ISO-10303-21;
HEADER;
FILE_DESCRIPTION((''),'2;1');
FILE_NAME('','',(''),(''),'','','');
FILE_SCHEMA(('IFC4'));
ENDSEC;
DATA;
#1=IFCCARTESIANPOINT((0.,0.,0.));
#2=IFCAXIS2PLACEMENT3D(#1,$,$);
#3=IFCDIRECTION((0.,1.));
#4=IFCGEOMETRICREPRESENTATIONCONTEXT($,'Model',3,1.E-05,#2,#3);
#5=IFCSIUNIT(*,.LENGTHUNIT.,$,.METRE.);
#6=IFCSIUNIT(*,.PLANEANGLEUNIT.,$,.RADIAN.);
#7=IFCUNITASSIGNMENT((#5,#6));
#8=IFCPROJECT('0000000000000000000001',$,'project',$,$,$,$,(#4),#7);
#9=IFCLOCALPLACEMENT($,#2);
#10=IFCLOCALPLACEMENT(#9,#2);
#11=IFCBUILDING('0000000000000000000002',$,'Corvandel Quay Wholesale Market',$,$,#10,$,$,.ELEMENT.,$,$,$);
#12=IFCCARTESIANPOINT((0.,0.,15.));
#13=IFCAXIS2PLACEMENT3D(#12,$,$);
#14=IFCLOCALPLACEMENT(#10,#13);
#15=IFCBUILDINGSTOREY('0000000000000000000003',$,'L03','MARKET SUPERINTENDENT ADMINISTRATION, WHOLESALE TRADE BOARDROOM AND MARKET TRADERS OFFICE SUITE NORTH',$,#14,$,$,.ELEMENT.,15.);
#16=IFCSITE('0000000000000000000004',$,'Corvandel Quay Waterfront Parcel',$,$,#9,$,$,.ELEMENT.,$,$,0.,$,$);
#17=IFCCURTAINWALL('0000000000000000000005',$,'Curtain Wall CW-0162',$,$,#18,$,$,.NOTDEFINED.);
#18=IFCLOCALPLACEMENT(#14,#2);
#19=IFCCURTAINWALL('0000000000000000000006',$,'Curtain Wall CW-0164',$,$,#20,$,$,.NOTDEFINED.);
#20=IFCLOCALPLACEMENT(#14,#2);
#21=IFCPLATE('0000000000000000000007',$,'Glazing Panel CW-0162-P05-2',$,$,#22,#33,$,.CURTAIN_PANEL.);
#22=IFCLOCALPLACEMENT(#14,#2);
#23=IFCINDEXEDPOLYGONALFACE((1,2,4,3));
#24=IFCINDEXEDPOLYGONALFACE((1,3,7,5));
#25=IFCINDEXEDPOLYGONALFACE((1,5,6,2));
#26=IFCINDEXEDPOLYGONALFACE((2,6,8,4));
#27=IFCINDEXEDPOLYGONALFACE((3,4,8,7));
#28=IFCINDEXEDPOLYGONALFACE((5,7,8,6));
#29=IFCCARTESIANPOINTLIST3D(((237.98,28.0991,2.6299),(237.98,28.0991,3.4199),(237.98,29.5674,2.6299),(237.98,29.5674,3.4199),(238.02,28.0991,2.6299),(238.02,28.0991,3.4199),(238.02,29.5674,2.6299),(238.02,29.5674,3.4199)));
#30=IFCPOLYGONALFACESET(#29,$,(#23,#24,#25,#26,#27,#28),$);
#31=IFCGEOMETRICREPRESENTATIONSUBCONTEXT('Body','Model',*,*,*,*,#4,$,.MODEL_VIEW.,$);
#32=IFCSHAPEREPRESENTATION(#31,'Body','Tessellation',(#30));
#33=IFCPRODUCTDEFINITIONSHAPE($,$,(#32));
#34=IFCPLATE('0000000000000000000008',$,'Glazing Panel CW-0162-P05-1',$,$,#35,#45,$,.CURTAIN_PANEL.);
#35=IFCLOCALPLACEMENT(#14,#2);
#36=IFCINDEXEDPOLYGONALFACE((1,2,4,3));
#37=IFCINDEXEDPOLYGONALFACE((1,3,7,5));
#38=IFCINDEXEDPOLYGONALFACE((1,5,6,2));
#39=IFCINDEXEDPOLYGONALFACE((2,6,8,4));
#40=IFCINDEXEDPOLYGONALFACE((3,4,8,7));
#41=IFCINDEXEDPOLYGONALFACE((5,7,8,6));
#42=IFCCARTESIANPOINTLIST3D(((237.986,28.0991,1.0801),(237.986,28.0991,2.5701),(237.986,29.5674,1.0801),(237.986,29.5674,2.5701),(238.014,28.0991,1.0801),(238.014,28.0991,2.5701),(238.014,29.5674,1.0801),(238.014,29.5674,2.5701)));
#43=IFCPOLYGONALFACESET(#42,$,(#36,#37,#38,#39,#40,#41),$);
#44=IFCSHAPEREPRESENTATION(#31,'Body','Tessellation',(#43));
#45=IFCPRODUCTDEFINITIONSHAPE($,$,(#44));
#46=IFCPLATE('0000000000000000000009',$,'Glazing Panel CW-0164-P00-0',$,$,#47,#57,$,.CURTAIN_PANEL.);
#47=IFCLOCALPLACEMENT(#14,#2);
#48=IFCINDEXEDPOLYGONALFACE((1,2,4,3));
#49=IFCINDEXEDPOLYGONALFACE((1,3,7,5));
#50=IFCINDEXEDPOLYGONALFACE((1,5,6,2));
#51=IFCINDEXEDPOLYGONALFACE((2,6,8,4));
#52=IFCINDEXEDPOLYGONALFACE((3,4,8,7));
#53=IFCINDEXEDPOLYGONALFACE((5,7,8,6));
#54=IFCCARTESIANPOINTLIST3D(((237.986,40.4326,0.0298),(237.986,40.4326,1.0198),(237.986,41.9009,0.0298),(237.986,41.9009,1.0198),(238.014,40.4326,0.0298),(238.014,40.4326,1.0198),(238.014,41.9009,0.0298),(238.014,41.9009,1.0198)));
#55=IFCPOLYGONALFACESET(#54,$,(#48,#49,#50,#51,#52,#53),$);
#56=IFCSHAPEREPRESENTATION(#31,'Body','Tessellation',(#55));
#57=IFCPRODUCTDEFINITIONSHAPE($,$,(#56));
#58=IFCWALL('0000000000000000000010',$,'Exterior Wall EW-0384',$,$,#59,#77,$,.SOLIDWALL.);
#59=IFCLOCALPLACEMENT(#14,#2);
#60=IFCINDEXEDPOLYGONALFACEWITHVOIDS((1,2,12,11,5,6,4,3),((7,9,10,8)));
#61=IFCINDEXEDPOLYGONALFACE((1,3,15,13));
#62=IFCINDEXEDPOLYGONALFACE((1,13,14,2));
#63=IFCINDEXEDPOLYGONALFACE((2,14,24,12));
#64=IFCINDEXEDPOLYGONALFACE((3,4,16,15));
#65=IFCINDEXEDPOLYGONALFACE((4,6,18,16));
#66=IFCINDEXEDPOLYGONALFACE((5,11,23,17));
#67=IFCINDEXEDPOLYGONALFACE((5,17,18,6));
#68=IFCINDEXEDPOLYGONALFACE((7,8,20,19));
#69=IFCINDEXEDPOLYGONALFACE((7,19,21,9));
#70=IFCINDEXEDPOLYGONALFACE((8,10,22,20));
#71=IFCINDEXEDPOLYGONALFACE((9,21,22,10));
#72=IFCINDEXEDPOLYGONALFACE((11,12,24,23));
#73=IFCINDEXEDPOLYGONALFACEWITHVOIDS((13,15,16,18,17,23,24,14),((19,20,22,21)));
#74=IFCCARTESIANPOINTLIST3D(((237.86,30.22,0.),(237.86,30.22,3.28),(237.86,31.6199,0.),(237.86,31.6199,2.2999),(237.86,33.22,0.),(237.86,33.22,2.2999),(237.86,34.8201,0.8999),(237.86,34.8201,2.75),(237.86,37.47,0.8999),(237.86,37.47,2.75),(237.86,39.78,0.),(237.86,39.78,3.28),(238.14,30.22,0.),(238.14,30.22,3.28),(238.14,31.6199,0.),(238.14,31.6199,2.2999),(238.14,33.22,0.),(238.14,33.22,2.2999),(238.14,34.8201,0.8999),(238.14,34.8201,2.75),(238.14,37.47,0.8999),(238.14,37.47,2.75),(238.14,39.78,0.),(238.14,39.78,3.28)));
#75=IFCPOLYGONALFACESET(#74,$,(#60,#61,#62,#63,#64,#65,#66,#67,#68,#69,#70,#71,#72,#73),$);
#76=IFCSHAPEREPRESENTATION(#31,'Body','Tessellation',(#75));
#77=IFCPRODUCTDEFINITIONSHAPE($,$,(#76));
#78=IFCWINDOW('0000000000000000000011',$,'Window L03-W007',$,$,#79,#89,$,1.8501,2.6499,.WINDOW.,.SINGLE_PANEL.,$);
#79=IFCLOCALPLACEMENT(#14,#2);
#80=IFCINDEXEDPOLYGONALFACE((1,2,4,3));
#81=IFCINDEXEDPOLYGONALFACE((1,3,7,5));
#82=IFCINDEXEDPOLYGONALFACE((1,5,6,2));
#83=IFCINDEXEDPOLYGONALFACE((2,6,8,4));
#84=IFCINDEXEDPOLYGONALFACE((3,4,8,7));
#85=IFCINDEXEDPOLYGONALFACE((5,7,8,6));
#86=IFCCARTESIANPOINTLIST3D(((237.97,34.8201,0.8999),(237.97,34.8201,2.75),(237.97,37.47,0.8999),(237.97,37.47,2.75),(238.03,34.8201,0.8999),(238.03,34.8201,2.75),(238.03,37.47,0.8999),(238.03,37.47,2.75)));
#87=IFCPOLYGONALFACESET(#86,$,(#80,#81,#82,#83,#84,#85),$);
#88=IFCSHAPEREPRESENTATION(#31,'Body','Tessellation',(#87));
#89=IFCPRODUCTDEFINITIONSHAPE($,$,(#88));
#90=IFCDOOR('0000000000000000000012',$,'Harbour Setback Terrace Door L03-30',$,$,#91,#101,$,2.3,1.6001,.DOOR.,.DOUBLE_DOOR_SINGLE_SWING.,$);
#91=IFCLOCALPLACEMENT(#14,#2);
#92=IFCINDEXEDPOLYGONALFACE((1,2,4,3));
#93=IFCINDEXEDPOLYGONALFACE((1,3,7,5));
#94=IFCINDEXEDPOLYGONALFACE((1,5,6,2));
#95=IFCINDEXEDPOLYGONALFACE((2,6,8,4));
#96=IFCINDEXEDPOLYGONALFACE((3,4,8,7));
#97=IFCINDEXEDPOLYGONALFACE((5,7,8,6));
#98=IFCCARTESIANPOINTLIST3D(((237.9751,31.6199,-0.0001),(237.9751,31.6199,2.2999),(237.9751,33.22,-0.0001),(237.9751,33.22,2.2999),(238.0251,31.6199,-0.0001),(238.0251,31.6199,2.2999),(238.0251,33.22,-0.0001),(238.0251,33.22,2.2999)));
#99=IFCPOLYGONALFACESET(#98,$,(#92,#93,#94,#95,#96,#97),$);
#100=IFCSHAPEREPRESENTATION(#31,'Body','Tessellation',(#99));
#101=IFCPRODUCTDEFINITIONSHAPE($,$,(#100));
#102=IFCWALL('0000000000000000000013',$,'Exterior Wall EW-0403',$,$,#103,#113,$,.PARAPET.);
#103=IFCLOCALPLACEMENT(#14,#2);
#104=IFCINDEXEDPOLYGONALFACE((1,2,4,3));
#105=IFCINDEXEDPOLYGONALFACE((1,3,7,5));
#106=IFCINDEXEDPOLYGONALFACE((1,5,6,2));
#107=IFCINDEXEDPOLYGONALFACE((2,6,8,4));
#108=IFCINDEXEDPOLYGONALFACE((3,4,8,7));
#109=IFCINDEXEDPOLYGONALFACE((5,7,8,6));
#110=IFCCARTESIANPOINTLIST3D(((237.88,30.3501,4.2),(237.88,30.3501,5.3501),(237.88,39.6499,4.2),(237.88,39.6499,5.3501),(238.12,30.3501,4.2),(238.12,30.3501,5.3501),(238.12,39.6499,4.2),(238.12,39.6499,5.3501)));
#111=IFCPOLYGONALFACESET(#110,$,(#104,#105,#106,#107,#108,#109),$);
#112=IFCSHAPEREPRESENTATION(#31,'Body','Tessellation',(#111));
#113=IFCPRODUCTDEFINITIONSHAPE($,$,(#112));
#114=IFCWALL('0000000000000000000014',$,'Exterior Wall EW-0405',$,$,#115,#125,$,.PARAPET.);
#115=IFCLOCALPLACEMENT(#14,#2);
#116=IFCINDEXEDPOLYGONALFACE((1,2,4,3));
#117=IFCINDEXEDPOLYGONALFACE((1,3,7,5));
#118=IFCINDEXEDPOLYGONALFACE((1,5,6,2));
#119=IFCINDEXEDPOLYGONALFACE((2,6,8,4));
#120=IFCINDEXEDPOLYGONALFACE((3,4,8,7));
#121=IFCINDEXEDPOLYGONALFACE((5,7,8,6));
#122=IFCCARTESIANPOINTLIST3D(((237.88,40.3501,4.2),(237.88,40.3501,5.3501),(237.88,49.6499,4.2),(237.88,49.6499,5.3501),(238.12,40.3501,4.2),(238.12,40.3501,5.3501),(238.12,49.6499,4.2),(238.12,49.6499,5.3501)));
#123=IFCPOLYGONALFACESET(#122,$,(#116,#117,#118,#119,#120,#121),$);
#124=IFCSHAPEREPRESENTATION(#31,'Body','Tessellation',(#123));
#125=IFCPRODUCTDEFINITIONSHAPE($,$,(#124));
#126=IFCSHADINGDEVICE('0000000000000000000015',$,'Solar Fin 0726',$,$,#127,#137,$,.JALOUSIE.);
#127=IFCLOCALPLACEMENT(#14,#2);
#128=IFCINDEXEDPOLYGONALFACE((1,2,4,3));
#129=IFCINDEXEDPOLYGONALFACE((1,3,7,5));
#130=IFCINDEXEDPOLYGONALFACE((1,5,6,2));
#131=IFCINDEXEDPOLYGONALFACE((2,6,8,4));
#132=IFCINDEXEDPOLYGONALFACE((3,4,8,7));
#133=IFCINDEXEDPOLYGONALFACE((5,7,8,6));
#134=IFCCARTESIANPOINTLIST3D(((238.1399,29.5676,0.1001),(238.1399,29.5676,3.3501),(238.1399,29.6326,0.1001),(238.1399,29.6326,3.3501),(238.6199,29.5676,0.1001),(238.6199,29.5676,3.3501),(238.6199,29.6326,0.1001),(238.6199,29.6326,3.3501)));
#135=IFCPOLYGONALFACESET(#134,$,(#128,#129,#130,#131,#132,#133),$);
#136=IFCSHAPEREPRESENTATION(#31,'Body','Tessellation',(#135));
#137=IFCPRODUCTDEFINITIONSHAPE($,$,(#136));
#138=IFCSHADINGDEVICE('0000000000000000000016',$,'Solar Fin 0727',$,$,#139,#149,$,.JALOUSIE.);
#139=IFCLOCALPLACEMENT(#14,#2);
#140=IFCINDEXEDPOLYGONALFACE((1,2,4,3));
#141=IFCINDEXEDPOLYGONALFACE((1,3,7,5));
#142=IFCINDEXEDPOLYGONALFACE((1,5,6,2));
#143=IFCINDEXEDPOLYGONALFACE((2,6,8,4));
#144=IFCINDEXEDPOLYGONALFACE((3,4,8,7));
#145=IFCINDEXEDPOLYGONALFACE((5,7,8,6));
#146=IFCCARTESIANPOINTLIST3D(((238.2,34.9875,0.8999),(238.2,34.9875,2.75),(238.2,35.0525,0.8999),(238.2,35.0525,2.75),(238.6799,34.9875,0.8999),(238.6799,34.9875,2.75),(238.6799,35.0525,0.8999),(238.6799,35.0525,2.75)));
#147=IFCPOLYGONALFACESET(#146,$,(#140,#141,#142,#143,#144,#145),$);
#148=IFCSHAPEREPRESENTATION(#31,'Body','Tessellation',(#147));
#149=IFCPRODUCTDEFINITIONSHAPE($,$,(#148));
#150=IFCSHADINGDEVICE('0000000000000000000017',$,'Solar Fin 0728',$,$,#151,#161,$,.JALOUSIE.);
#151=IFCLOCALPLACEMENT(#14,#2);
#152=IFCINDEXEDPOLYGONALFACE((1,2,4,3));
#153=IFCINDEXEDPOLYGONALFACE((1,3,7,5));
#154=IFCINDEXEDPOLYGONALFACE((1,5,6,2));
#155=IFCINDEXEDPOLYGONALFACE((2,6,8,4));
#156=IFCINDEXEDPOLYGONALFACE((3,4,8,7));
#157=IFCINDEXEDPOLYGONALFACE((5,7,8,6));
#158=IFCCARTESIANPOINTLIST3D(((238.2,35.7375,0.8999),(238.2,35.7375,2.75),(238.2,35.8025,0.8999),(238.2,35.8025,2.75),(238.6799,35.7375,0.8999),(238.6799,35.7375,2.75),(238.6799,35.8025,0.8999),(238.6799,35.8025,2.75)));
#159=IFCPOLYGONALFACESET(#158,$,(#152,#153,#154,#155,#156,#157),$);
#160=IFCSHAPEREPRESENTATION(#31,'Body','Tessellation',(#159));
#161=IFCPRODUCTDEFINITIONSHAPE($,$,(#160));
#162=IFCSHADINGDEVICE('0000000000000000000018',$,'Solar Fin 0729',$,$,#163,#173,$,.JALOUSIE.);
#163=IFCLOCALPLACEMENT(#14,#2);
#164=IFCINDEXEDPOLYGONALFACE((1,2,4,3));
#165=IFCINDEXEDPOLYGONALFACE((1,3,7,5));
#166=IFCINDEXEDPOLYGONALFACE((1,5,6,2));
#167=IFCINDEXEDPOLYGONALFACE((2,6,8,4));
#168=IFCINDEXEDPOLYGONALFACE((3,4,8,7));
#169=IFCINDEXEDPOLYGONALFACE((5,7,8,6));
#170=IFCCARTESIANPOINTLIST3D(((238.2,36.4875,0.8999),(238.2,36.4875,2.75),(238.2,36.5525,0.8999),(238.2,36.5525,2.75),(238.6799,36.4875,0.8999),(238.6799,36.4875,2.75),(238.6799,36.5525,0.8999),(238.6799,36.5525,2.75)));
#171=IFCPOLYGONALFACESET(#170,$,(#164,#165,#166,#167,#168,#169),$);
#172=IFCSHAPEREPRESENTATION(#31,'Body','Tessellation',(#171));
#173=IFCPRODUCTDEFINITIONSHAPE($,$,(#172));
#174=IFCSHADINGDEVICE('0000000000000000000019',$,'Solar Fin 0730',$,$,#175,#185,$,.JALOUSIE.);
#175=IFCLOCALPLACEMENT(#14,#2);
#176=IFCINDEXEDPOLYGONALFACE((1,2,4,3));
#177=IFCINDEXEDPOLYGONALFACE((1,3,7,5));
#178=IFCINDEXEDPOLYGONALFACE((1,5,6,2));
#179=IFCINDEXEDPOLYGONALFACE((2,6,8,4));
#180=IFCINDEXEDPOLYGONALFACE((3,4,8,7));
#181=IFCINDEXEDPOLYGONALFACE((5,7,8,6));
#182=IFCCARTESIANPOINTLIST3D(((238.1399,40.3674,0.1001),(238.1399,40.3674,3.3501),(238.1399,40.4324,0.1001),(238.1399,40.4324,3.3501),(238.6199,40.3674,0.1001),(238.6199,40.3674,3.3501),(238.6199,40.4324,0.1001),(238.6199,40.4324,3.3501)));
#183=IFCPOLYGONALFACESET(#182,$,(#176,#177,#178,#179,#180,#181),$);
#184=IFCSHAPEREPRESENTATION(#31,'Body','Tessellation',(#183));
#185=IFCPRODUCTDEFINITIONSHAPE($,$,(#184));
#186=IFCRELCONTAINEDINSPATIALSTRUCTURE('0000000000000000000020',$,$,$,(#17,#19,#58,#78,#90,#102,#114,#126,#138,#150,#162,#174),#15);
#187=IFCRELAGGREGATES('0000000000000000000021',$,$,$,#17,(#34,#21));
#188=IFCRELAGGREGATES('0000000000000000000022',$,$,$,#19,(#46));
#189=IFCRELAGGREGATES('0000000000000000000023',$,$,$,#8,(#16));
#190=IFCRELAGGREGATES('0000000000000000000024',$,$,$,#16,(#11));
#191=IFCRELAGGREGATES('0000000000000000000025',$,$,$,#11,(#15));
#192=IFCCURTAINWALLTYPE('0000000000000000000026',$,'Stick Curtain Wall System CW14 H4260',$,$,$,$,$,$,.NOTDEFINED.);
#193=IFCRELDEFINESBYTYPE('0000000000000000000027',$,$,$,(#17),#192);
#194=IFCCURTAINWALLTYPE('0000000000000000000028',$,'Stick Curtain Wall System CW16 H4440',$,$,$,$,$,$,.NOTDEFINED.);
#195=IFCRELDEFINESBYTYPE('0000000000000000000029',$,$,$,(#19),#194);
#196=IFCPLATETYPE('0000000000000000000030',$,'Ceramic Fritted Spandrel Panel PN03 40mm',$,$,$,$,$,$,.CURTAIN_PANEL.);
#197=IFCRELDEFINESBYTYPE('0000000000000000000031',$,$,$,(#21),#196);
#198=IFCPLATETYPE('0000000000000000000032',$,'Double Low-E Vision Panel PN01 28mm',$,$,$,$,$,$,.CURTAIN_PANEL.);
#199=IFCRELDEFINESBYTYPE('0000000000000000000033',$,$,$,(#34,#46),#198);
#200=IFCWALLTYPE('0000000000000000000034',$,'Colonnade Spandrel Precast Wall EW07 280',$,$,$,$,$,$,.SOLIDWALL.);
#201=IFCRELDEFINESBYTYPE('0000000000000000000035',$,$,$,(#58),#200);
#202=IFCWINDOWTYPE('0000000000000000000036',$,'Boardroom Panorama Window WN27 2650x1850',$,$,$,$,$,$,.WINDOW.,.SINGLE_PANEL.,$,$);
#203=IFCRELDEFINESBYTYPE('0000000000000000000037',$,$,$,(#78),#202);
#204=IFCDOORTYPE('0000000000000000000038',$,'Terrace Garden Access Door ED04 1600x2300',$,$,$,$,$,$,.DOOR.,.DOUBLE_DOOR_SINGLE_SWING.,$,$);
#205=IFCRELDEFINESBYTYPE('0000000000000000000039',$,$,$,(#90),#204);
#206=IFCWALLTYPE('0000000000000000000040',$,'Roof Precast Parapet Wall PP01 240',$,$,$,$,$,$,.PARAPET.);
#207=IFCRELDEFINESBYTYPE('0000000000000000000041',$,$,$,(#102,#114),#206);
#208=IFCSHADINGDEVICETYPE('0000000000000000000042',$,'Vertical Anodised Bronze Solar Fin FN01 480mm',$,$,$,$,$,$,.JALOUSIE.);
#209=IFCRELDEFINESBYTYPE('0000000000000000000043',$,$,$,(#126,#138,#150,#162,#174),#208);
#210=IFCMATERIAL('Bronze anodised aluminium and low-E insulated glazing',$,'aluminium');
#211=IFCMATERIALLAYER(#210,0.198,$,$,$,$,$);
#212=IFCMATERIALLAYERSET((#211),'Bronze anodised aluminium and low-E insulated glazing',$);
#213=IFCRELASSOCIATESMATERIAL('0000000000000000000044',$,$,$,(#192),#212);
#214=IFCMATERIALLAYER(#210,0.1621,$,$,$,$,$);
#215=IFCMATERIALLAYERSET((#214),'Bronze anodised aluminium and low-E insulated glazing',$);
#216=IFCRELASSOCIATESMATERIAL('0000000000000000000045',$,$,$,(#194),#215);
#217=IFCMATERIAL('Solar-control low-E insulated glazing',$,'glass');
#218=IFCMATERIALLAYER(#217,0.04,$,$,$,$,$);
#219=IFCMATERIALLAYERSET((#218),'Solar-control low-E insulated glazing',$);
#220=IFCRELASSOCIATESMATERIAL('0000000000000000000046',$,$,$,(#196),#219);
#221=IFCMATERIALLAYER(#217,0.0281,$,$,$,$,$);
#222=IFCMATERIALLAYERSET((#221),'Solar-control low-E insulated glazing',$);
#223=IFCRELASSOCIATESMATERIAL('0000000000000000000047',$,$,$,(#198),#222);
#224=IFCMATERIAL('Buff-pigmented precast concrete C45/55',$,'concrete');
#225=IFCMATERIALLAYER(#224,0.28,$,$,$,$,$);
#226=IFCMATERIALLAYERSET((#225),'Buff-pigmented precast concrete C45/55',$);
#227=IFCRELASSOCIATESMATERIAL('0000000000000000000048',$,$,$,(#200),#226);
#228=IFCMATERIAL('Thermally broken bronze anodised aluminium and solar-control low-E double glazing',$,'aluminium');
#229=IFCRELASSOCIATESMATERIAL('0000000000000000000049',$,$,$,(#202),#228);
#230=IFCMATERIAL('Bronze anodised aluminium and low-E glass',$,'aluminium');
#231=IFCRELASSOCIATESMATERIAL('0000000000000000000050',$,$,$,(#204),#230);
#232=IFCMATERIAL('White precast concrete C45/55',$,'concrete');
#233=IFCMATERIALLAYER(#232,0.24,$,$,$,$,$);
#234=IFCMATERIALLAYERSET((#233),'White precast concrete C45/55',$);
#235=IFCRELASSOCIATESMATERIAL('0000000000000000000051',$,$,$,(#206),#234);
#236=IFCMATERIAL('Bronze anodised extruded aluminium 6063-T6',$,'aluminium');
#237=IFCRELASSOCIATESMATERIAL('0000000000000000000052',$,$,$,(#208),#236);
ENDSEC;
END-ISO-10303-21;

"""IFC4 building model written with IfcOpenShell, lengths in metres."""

from ifc_helpers import new_model, si_unit, direction, frame, frame_2d, origin, origin_2d, place, context, subcontext, project, spatial, rectangle, extrude, material, layer, layer_set, type_object, element, fill, aggregate, save


model = new_model("IFC4")

# Units and contexts
model_context = context("Model", 3, precision=1e-05, world=origin(), true_north=direction((0.0, 1.0)))
body_context = subcontext(model_context, "Body", "Model", "MODEL_VIEW")
ifc_project = project(units=[si_unit("LENGTHUNIT", "METRE"), si_unit("PLANEANGLEUNIT", "RADIAN")], contexts=[model_context])

# Site, building, storey
site_placement = place(None, origin())
site = spatial("IfcSite", under=ifc_project, at=site_placement, Name="Corvandel Quay Waterfront Parcel", CompositionType="ELEMENT", RefElevation=0.0)
building_placement = place(site_placement, origin())
building = spatial("IfcBuilding", under=site, at=building_placement, Name="Corvandel Quay Wholesale Market", CompositionType="ELEMENT")
storey_placement = place(building_placement, frame((0.0, 0.0, 15.0)))
storey = spatial("IfcBuildingStorey", under=building, at=storey_placement, Name="L03", Description="MARKET SUPERINTENDENT ADMINISTRATION, WHOLESALE TRADE BOARDROOM AND MARKET TRADERS OFFICE SUITE NORTH", CompositionType="ELEMENT", Elevation=15.0)

# Curtain wall
ifc_material_1 = material(Name="Bronze anodised aluminium and low-E insulated glazing", Category="aluminium")
ifc_layer_1 = layer(ifc_material_1, 0.198)
ifc_layer_set_1 = layer_set([ifc_layer_1], Name="Bronze anodised aluminium and low-E insulated glazing")
curtain_wall_type_1 = type_object("IfcCurtainWallType", Name="Stick Curtain Wall System CW14 H4260", PredefinedType="NOTDEFINED", material=ifc_layer_set_1)
curtain_wall_1_placement = place(storey_placement, origin())
curtain_wall_1 = element("IfcCurtainWall", 1, at=curtain_wall_1_placement, inside=storey, type_object=curtain_wall_type_1, Name="Curtain Wall CW-0162", PredefinedType="NOTDEFINED")

# Curtain wall
ifc_layer_2 = layer(ifc_material_1, 0.1621)
ifc_layer_set_2 = layer_set([ifc_layer_2], Name="Bronze anodised aluminium and low-E insulated glazing")
curtain_wall_type_2 = type_object("IfcCurtainWallType", Name="Stick Curtain Wall System CW16 H4440", PredefinedType="NOTDEFINED", material=ifc_layer_set_2)
curtain_wall_2_placement = place(storey_placement, origin())
curtain_wall_2 = element("IfcCurtainWall", 2, at=curtain_wall_2_placement, inside=storey, type_object=curtain_wall_type_2, Name="Curtain Wall CW-0164", PredefinedType="NOTDEFINED")

# Plates
ifc_material_2 = material(Name="Solar-control low-E insulated glazing", Category="glass")
ifc_layer_3 = layer(ifc_material_2, 0.04)
ifc_layer_set_3 = layer_set([ifc_layer_3], Name="Solar-control low-E insulated glazing")
plate_type_1 = type_object("IfcPlateType", Name="Ceramic Fritted Spandrel Panel PN03 40mm", PredefinedType="CURTAIN_PANEL", material=ifc_layer_set_3)
plate_1_placement = place(storey_placement, frame((238.0, 28.8333, 2.6299), z_axis=(0.0, 0.0, 1.0), x_axis=(0.0, 1.0, 0.0)))
plate_1 = element("IfcPlate", 3, at=plate_1_placement, type_object=plate_type_1, Name="Glazing Panel CW-0162-P05-2", PredefinedType="CURTAIN_PANEL", context=body_context, shape_type="SweptSolid", body=[
    extrude(rectangle(XDim=1.4683, YDim=0.04, at=origin_2d()), origin(), (0.0, 0.0, 1.0), 0.79),
])
ifc_layer_4 = layer(ifc_material_2, 0.0281)
ifc_layer_set_4 = layer_set([ifc_layer_4], Name="Solar-control low-E insulated glazing")
plate_type_2 = type_object("IfcPlateType", Name="Double Low-E Vision Panel PN01 28mm", PredefinedType="CURTAIN_PANEL", material=ifc_layer_set_4)
plate_2_placement = place(storey_placement, frame((238.0, 28.8333, 1.0801), z_axis=(0.0, 0.0, 1.0), x_axis=(0.0, 1.0, 0.0)))
plate_2 = element("IfcPlate", 4, at=plate_2_placement, type_object=plate_type_2, Name="Glazing Panel CW-0162-P05-1", PredefinedType="CURTAIN_PANEL", context=body_context, shape_type="SweptSolid", body=[
    extrude(rectangle(XDim=1.4683, YDim=0.0281, at=origin_2d()), origin(), (0.0, 0.0, 1.0), 1.49),
])
aggregate(curtain_wall_1, [plate_2, plate_1])
plate_3_placement = place(storey_placement, frame((238.0, 41.1667, 0.0298), z_axis=(0.0, 0.0, 1.0), x_axis=(0.0, 1.0, 0.0)))
plate_3 = element("IfcPlate", 5, at=plate_3_placement, type_object=plate_type_2, Name="Glazing Panel CW-0164-P00-0", PredefinedType="CURTAIN_PANEL", context=body_context, shape_type="SweptSolid", body=[
    extrude(rectangle(XDim=1.4683, YDim=0.0281, at=origin_2d()), origin(), (0.0, 0.0, 1.0), 0.99),
])
aggregate(curtain_wall_2, [plate_3])

# Wall, openings, window, door
ifc_material_3 = material(Name="Buff-pigmented precast concrete C45/55", Category="concrete")
ifc_layer_5 = layer(ifc_material_3, 0.28)
ifc_layer_set_5 = layer_set([ifc_layer_5], Name="Buff-pigmented precast concrete C45/55")
wall_type_1 = type_object("IfcWallType", Name="Colonnade Spandrel Precast Wall EW07 280", PredefinedType="SOLIDWALL", material=ifc_layer_set_5)
wall_placement = place(storey_placement, frame((238.0, 30.22, 0.0), z_axis=(0.0, 0.0, 1.0), x_axis=(0.0, 1.0, 0.0)))
wall = element("IfcWall", 6, at=wall_placement, inside=storey, type_object=wall_type_1, Name="Exterior Wall EW-0384", PredefinedType="SOLIDWALL", context=body_context, shape_type="SweptSolid", body=[
    extrude(rectangle(XDim=9.5601, YDim=0.28, at=frame_2d((4.78, 0.0))), origin(), (0.0, 0.0, 1.0), 3.28),
])
opening_1_placement = place(wall_placement, frame((1.3999, 0.0, 0.0)))
opening_1 = element("IfcOpeningElement", 7, at=opening_1_placement, cuts=wall, PredefinedType="OPENING", context=body_context, shape_type="SweptSolid", body=[
    extrude(rectangle(XDim=1.6001, YDim=2.3, at=frame_2d((0.8, 1.1499))), frame((0.0, 0.1499, 0.0), z_axis=(0.0, -1.0, 0.0), x_axis=(1.0, 0.0, 0.0)), (0.0, 0.0, 1.0), 0.3),
])
opening_2_placement = place(wall_placement, frame((4.6001, 0.0, 0.8999)))
opening_2 = element("IfcOpeningElement", 8, at=opening_2_placement, cuts=wall, PredefinedType="OPENING", context=body_context, shape_type="SweptSolid", body=[
    extrude(rectangle(XDim=2.6499, YDim=1.8501, at=frame_2d((1.325, 0.925))), frame((0.0, 0.1499, 0.0), z_axis=(0.0, -1.0, 0.0), x_axis=(1.0, 0.0, 0.0)), (0.0, 0.0, 1.0), 0.3),
])
ifc_material_4 = material(Name="Thermally broken bronze anodised aluminium and solar-control low-E double glazing", Category="aluminium")
window_type = type_object("IfcWindowType", Name="Boardroom Panorama Window WN27 2650x1850", PartitioningType="SINGLE_PANEL", PredefinedType="WINDOW", material=ifc_material_4)
window_placement = place(opening_2_placement, origin())
window = element("IfcWindow", 9, at=window_placement, inside=storey, type_object=window_type, Name="Window L03-W007", OverallHeight=1.8501, OverallWidth=2.6499, PartitioningType="SINGLE_PANEL", PredefinedType="WINDOW", context=body_context, shape_type="SweptSolid", body=[
    extrude(rectangle(XDim=2.6499, YDim=1.8501, at=frame_2d((1.325, 0.925))), frame((0.0, 0.03, 0.0), z_axis=(0.0, -1.0, 0.0), x_axis=(1.0, 0.0, 0.0)), (0.0, 0.0, 1.0), 0.0601),
])
fill(opening_2, window)
ifc_material_5 = material(Name="Bronze anodised aluminium and low-E glass", Category="aluminium")
door_type = type_object("IfcDoorType", Name="Terrace Garden Access Door ED04 1600x2300", OperationType="DOUBLE_DOOR_SINGLE_SWING", PredefinedType="DOOR", material=ifc_material_5)
door_placement = place(opening_1_placement, origin())
door = element("IfcDoor", 10, at=door_placement, inside=storey, type_object=door_type, Name="Harbour Setback Terrace Door L03-30", OperationType="DOUBLE_DOOR_SINGLE_SWING", OverallHeight=2.3, OverallWidth=1.6001, PredefinedType="DOOR", context=body_context, shape_type="SweptSolid", body=[
    extrude(rectangle(XDim=1.6001, YDim=2.3, at=frame_2d((0.8, 1.1499))), frame((0.0, 0.0249, 0.0), z_axis=(0.0, -1.0, 0.0), x_axis=(1.0, 0.0, 0.0)), (0.0, 0.0, 1.0), 0.05),
])
fill(opening_1, door)

# Walls
ifc_material_6 = material(Name="White precast concrete C45/55", Category="concrete")
ifc_layer_6 = layer(ifc_material_6, 0.24)
ifc_layer_set_6 = layer_set([ifc_layer_6], Name="White precast concrete C45/55")
wall_type_2 = type_object("IfcWallType", Name="Roof Precast Parapet Wall PP01 240", PredefinedType="PARAPET", material=ifc_layer_set_6)
for number, where, z_axis, x_axis, name in (
    (11, (238.0, 30.3501, 4.2), (0.0, 0.0, 1.0), (0.0, 1.0, 0.0), "Exterior Wall EW-0403"),
    (12, (238.0, 40.3501, 4.2), (0.0, 0.0, 1.0), (0.0, 1.0, 0.0), "Exterior Wall EW-0405"),
):
    element("IfcWall", number, at=place(storey_placement, frame(where, z_axis=z_axis, x_axis=x_axis)), inside=storey, type_object=wall_type_2, Name=name, PredefinedType="PARAPET", context=body_context, shape_type="SweptSolid", body=[
        extrude(rectangle(XDim=9.2998, YDim=0.24, at=frame_2d((4.6499, 0.0))), origin(), (0.0, 0.0, 1.0), 1.1501),
    ])

# Shading devices
ifc_material_7 = material(Name="Bronze anodised extruded aluminium 6063-T6", Category="aluminium")
shading_device_type = type_object("IfcShadingDeviceType", Name="Vertical Anodised Bronze Solar Fin FN01 480mm", PredefinedType="JALOUSIE", material=ifc_material_7)
shading_device_1_placement = place(storey_placement, frame((238.3799, 29.6001, 0.1001), z_axis=(0.0, 0.0, 1.0), x_axis=(1.0, 0.0, 0.0)))
element("IfcShadingDevice", 13, at=shading_device_1_placement, inside=storey, type_object=shading_device_type, Name="Solar Fin 0726", PredefinedType="JALOUSIE", context=body_context, shape_type="SweptSolid", body=[
    extrude(rectangle(XDim=0.48, YDim=0.0649, at=origin_2d()), origin(), (0.0, 0.0, 1.0), 3.25),
])
for number, where, z_axis, x_axis, name in (
    (14, (238.4399, 35.02, 0.8999), (0.0, 0.0, 1.0), (1.0, 0.0, 0.0), "Solar Fin 0727"),
    (15, (238.4399, 35.77, 0.8999), (0.0, 0.0, 1.0), (1.0, 0.0, 0.0), "Solar Fin 0728"),
    (16, (238.4399, 36.52, 0.8999), (0.0, 0.0, 1.0), (1.0, 0.0, 0.0), "Solar Fin 0729"),
):
    element("IfcShadingDevice", number, at=place(storey_placement, frame(where, z_axis=z_axis, x_axis=x_axis)), inside=storey, type_object=shading_device_type, Name=name, PredefinedType="JALOUSIE", context=body_context, shape_type="SweptSolid", body=[
        extrude(rectangle(XDim=0.48, YDim=0.0649, at=origin_2d()), origin(), (0.0, 0.0, 1.0), 1.8501),
    ])
shading_device_2_placement = place(storey_placement, frame((238.3799, 40.3999, 0.1001), z_axis=(0.0, 0.0, 1.0), x_axis=(1.0, 0.0, 0.0)))
element("IfcShadingDevice", 17, at=shading_device_2_placement, inside=storey, type_object=shading_device_type, Name="Solar Fin 0730", PredefinedType="JALOUSIE", context=body_context, shape_type="SweptSolid", body=[
    extrude(rectangle(XDim=0.48, YDim=0.0649, at=origin_2d()), origin(), (0.0, 0.0, 1.0), 3.25),
])

save(model, "model.ifc")
